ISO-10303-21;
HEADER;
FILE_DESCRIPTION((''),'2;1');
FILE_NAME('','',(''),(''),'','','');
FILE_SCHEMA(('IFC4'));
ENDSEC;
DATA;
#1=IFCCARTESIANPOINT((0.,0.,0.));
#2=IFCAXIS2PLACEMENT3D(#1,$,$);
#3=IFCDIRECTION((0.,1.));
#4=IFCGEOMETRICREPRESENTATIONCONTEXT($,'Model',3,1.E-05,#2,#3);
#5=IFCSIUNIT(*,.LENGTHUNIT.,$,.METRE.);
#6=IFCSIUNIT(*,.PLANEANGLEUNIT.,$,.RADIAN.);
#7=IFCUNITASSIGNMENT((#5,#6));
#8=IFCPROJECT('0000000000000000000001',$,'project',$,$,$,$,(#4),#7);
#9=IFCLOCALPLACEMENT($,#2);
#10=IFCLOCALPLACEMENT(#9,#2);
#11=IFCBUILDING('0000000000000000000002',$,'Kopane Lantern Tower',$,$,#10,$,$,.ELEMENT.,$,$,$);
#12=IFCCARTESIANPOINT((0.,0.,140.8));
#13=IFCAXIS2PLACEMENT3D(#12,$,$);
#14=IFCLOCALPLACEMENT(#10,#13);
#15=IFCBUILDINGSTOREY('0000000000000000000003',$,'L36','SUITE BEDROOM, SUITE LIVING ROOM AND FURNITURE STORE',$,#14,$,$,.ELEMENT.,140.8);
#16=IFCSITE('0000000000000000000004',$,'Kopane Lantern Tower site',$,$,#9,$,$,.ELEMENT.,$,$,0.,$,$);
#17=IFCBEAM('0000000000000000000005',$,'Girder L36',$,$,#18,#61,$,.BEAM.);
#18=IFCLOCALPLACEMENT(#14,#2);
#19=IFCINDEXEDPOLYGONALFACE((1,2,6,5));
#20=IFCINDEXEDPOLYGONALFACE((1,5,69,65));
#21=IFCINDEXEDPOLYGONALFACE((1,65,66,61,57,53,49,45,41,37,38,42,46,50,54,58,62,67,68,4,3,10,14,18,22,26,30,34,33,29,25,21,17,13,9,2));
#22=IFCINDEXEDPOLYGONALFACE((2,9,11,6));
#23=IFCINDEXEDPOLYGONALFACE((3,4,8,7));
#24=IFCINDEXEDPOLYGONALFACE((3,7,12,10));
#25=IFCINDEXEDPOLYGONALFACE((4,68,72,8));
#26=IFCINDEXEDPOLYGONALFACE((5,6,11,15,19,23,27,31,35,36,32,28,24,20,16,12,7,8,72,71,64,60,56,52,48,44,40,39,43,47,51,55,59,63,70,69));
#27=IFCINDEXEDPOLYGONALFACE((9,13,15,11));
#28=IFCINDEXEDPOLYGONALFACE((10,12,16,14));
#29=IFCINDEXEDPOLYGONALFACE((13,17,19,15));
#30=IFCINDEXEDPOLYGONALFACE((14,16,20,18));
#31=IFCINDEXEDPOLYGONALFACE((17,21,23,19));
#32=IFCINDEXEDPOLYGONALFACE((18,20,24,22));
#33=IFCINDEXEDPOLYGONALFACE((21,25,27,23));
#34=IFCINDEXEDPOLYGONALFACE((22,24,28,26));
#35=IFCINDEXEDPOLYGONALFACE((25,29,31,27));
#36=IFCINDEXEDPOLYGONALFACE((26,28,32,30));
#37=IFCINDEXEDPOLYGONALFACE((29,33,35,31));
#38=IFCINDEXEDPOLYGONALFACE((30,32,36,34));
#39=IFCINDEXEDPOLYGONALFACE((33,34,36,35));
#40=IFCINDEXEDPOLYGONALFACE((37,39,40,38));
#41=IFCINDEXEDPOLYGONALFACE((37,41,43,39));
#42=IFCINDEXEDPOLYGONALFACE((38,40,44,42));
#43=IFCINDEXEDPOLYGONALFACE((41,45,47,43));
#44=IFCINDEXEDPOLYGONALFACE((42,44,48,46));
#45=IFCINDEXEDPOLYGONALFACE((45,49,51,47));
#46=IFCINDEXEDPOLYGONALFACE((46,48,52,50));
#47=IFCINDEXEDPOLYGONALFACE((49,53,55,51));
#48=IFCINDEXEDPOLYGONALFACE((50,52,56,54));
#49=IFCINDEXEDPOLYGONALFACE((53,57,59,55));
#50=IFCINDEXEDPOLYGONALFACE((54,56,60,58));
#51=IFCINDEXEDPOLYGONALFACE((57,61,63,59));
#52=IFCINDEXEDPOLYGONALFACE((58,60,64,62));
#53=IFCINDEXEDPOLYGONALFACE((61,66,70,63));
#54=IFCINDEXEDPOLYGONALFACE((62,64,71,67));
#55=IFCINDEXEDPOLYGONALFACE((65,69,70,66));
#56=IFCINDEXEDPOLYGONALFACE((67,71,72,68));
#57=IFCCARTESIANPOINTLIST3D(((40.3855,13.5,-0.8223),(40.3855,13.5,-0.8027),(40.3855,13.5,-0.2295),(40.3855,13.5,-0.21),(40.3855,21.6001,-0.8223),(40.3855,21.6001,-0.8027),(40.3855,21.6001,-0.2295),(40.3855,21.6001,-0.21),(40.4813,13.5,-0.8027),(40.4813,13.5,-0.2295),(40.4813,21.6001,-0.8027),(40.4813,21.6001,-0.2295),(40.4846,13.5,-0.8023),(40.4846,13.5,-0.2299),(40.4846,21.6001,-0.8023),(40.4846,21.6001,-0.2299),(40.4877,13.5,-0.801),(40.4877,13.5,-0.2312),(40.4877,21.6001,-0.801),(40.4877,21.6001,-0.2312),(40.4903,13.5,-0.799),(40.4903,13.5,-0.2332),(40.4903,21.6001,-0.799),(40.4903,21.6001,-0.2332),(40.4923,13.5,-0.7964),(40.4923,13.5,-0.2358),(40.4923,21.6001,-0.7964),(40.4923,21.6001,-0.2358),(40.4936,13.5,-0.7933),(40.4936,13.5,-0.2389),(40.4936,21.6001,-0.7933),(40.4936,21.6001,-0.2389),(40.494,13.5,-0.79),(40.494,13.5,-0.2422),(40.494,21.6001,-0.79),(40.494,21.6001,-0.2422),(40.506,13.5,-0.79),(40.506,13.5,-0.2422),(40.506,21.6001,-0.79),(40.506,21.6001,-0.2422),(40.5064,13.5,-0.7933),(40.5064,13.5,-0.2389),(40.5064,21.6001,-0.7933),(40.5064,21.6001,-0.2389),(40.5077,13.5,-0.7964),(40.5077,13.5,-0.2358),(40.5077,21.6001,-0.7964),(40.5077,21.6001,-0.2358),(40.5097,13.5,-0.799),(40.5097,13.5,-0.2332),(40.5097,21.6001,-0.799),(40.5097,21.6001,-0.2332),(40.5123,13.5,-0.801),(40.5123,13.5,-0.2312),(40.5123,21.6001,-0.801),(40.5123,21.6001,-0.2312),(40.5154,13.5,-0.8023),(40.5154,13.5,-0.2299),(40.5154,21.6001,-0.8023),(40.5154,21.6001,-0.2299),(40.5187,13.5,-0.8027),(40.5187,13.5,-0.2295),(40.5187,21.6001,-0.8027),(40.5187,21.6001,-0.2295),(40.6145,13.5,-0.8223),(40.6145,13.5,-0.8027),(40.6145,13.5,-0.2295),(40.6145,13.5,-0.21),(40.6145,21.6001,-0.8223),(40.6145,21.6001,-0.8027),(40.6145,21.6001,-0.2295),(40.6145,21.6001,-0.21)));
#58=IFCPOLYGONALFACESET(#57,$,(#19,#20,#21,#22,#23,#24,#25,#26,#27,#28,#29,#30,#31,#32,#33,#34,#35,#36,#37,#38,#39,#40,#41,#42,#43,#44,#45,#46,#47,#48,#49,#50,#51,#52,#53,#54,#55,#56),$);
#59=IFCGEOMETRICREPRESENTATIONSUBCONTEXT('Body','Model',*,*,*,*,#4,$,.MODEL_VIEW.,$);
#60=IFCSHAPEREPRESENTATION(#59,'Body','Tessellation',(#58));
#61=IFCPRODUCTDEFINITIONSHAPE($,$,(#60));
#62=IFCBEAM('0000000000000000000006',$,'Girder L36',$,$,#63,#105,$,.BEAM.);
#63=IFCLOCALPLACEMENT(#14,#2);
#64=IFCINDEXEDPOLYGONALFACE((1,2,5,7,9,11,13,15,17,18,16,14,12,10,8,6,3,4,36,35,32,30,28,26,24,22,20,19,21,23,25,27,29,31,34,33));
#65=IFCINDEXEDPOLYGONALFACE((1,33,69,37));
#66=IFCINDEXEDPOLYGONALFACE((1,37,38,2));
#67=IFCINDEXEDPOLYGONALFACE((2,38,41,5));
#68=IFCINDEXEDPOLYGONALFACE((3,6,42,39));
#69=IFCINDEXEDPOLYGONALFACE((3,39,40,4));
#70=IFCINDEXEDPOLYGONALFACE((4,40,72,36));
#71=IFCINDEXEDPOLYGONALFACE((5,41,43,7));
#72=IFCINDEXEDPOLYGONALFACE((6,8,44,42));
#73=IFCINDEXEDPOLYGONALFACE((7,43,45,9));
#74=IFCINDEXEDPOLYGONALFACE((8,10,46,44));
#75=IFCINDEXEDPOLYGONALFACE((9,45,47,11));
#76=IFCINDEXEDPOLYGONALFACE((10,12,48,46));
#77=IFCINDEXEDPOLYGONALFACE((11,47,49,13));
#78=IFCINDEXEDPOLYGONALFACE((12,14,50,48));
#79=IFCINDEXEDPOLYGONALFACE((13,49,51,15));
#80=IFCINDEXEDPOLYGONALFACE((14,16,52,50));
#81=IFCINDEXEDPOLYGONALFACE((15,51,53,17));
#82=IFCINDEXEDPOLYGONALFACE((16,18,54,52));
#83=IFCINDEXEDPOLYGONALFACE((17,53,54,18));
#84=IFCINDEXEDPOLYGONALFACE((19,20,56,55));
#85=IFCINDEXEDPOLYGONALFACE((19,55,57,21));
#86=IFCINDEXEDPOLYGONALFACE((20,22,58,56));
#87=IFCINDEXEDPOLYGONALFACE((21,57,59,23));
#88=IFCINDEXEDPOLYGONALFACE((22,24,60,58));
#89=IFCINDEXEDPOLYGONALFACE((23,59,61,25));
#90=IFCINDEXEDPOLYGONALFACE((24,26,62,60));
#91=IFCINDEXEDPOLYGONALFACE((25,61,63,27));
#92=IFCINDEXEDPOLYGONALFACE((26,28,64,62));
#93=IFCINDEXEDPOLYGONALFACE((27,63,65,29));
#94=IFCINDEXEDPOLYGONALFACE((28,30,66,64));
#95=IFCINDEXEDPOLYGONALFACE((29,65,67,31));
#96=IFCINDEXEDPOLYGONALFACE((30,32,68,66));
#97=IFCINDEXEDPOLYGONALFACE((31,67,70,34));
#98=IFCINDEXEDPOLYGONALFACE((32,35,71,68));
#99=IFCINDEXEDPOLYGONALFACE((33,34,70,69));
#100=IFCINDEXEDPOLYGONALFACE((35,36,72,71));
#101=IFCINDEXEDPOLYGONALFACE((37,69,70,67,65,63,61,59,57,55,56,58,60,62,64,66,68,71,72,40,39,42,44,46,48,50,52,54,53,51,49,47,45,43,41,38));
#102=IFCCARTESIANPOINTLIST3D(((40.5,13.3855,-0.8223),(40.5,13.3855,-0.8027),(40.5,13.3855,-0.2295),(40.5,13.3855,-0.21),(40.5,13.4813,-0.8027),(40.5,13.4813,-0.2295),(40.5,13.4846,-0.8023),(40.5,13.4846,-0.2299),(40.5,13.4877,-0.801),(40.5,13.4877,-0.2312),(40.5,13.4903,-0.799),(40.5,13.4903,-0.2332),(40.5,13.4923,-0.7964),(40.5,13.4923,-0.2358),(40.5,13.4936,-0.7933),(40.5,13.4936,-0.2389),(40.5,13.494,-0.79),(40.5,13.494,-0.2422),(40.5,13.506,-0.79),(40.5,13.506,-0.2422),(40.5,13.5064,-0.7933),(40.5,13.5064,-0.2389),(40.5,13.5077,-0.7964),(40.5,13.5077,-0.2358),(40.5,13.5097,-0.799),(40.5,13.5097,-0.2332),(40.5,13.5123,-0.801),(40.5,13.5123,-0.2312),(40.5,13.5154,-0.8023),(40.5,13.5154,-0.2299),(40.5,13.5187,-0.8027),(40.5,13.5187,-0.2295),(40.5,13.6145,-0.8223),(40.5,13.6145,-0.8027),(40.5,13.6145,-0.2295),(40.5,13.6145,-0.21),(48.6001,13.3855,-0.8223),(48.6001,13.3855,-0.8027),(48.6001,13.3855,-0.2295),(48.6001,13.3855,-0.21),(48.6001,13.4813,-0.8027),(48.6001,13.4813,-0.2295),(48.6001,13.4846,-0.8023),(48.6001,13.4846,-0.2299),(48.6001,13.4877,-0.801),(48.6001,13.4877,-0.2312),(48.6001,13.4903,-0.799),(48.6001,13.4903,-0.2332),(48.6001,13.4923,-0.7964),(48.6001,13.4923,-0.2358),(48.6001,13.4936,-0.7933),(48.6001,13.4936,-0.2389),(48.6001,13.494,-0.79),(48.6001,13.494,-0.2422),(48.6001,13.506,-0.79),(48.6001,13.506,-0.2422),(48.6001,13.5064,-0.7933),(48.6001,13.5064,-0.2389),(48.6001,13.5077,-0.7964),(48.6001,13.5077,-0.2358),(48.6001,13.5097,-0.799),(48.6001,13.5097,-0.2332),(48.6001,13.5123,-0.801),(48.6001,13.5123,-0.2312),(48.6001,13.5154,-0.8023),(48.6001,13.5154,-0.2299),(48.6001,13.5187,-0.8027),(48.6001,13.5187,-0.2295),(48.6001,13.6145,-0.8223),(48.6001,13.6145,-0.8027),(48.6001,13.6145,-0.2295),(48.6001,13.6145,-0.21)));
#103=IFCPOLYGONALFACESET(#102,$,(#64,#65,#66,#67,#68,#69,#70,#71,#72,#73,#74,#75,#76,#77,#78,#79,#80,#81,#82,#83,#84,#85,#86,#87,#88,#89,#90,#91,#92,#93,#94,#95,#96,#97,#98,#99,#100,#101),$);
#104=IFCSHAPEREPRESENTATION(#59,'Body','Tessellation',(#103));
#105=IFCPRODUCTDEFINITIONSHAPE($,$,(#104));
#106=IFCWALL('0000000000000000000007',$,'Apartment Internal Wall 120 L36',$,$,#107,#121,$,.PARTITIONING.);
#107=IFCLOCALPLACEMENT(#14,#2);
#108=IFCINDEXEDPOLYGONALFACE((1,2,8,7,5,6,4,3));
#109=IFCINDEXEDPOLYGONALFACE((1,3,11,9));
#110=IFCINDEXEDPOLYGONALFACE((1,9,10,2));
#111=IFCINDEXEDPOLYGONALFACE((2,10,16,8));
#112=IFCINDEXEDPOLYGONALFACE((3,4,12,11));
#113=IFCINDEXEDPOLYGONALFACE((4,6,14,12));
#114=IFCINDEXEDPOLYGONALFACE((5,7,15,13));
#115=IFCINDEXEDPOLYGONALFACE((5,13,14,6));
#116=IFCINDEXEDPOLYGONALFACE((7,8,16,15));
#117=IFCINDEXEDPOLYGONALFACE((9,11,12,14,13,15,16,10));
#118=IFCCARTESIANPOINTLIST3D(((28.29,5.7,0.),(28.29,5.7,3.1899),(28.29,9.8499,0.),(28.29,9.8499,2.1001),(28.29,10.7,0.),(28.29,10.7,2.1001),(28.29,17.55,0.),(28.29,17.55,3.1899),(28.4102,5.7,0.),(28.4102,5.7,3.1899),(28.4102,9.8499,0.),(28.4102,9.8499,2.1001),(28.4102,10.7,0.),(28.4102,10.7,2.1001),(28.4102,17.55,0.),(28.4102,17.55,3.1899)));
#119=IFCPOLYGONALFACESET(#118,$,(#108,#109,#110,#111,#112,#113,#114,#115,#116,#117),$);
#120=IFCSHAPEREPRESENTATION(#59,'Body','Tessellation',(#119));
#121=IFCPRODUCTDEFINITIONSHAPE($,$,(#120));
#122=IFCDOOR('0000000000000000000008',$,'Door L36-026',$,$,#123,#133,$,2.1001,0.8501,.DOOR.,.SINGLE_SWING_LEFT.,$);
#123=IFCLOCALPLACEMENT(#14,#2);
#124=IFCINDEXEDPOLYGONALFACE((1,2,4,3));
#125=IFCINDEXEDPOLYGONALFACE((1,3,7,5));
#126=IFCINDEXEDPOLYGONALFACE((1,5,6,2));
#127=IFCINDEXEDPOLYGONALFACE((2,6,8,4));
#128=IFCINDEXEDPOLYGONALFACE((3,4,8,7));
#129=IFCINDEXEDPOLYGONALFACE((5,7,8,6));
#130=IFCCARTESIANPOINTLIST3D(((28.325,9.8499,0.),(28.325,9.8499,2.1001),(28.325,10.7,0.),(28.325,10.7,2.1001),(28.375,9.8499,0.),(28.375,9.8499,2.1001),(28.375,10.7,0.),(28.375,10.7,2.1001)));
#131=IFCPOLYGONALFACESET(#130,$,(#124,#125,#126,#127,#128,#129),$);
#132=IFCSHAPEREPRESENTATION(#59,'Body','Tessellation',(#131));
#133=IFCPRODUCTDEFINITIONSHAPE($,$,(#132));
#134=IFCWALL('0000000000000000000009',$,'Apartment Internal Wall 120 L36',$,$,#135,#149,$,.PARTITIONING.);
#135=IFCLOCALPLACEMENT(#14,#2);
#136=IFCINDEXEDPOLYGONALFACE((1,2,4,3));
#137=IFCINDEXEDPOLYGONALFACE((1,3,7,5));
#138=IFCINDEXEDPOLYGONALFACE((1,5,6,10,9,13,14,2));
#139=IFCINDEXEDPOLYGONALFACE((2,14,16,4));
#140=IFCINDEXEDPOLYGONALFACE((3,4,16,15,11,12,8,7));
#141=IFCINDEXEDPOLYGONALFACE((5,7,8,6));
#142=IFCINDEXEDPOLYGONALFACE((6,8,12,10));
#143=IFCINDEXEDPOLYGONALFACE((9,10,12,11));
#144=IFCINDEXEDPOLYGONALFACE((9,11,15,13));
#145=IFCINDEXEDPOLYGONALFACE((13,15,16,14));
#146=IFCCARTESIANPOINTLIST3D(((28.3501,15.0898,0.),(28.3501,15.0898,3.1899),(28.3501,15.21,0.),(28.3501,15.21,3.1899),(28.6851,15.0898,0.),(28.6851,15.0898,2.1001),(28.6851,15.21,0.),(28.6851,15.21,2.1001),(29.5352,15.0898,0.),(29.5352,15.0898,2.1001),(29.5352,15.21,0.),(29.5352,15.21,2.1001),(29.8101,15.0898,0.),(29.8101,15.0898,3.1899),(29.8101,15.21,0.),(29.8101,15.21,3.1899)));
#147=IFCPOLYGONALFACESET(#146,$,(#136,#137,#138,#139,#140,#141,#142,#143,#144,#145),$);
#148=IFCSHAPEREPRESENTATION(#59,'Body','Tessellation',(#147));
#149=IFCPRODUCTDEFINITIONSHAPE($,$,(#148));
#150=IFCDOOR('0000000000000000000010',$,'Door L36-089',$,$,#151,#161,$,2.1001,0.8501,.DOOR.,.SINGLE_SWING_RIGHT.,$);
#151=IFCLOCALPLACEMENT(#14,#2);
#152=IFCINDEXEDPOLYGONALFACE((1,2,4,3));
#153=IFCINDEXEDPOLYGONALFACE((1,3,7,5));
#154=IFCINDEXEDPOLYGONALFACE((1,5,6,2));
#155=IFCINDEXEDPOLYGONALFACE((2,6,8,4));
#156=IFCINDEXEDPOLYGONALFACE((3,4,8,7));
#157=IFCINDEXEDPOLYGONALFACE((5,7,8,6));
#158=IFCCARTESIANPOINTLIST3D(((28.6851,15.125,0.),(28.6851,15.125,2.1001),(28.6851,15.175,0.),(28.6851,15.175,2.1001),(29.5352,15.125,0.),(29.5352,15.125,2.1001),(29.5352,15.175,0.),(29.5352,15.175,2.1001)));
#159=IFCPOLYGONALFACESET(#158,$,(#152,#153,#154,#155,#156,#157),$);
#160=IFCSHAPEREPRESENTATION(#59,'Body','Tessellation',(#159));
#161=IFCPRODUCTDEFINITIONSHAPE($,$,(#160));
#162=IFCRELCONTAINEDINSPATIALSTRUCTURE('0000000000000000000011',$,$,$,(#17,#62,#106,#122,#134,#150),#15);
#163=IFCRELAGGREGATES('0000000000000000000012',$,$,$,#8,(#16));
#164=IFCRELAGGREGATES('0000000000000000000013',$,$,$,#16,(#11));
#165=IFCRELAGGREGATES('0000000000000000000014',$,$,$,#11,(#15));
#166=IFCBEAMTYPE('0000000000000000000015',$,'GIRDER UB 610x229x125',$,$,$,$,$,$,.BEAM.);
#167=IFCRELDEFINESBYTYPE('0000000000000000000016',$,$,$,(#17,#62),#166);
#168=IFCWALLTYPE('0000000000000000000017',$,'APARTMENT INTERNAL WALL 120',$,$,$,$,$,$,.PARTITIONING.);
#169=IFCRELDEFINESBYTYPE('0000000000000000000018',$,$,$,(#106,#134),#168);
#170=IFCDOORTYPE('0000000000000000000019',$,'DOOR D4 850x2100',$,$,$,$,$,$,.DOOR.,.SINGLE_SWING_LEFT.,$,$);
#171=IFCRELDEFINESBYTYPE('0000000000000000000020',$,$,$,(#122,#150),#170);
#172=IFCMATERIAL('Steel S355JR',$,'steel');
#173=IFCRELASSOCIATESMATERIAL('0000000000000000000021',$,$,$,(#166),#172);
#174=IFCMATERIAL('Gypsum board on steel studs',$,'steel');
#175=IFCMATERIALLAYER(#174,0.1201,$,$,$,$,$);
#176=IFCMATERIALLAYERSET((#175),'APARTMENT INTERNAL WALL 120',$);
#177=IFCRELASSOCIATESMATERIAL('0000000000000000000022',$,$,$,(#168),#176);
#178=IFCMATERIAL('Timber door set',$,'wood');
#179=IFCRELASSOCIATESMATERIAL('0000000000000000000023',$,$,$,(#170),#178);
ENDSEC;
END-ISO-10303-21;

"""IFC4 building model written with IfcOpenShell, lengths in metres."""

from ifc_helpers import new_model, si_unit, direction, frame, frame_2d, origin, origin_2d, place, context, subcontext, project, spatial, rectangle, i_section, extrude, material, layer, layer_set, material_profile, profile_set, type_object, element, fill, save


model = new_model("IFC4")

# Units and contexts
model_context = context("Model", 3, precision=1e-05, world=origin(), true_north=direction((0.0, 1.0)))
body_context = subcontext(model_context, "Body", "Model", "MODEL_VIEW")
ifc_project = project(units=[si_unit("LENGTHUNIT", "METRE"), si_unit("PLANEANGLEUNIT", "RADIAN")], contexts=[model_context])

# Site, building, storey
site_placement = place(None, origin())
site = spatial("IfcSite", under=ifc_project, at=site_placement, Name="Kopane Lantern Tower site", CompositionType="ELEMENT", RefElevation=0.0)
building_placement = place(site_placement, origin())
building = spatial("IfcBuilding", under=site, at=building_placement, Name="Kopane Lantern Tower", CompositionType="ELEMENT")
storey_placement = place(building_placement, frame((0.0, 0.0, 140.8)))
storey = spatial("IfcBuildingStorey", under=building, at=storey_placement, Name="L36", Description="SUITE BEDROOM, SUITE LIVING ROOM AND FURNITURE STORE", CompositionType="ELEMENT", Elevation=140.8)

# Beams
ifc_material_1 = material(Name="Steel S355JR", Category="steel")
ifc_material_profile_1 = material_profile(ifc_material_1, i_section(OverallWidth=0.229, OverallDepth=0.6123, WebThickness=0.012, FlangeThickness=0.0195, FilletRadius=0.0127, at=origin_2d()), Name="UB 610x229x125")
ifc_profile_set_1 = profile_set([ifc_material_profile_1], Name="Steel S355JR")
beam_type = type_object("IfcBeamType", Name="GIRDER UB 610x229x125", PredefinedType="BEAM", material=ifc_profile_set_1)
for number, where, z_axis, x_axis, name in (
    (1, (40.5, 13.5, -0.5161), (0.0, 1.0, 0.0), (-1.0, 0.0, 0.0), "Girder L36"),
    (2, (40.5, 13.5, -0.5161), (1.0, 0.0, 0.0), (0.0, 1.0, 0.0), "Girder L36"),
):
    element("IfcBeam", number, at=place(storey_placement, frame(where, z_axis=z_axis, x_axis=x_axis)), inside=storey, type_object=beam_type, Name=name, PredefinedType="BEAM", context=body_context, shape_type="SweptSolid", body=[
        extrude(i_section(OverallWidth=0.229, OverallDepth=0.6123, WebThickness=0.012, FlangeThickness=0.0195, FilletRadius=0.0127, at=origin_2d()), origin(), (0.0, 0.0, 1.0), 8.1001),
    ])

# Walls, openings, doors
ifc_material_2 = material(Name="Gypsum board on steel studs", Category="steel")
ifc_layer_1 = layer(ifc_material_2, 0.1201)
ifc_layer_set_1 = layer_set([ifc_layer_1], Name="APARTMENT INTERNAL WALL 120")
wall_type_1 = type_object("IfcWallType", Name="APARTMENT INTERNAL WALL 120", PredefinedType="PARTITIONING", material=ifc_layer_set_1)
wall_1_placement = place(storey_placement, frame((28.3501, 17.55, 0.0), z_axis=(0.0, 0.0, 1.0), x_axis=(0.0, -1.0, 0.0)))
wall_1 = element("IfcWall", 3, at=wall_1_placement, inside=storey, type_object=wall_type_1, Name="Apartment Internal Wall 120 L36", PredefinedType="PARTITIONING", context=body_context, shape_type="SweptSolid", body=[
    extrude(rectangle(XDim=11.8501, YDim=0.1201, at=frame_2d((5.925, 0.0))), origin(), (0.0, 0.0, 1.0), 3.1899),
])
opening_1_placement = place(wall_1_placement, frame((6.8501, 0.0, 0.0)))
opening_1 = element("IfcOpeningElement", 4, at=opening_1_placement, cuts=wall_1, PredefinedType="OPENING", context=body_context, shape_type="SweptSolid", body=[
    extrude(rectangle(XDim=0.8501, YDim=2.1001, at=frame_2d((0.425, 1.05))), frame((0.0, 0.0701, 0.0), z_axis=(0.0, -1.0, 0.0), x_axis=(1.0, 0.0, 0.0)), (0.0, 0.0, 1.0), 0.1401),
])
ifc_material_3 = material(Name="Timber door set", Category="wood")
door_type_1 = type_object("IfcDoorType", Name="DOOR D4 850x2100", OperationType="SINGLE_SWING_LEFT", PredefinedType="DOOR", material=ifc_material_3)
door_1_placement = place(opening_1_placement, origin())
door_1 = element("IfcDoor", 5, at=door_1_placement, inside=storey, type_object=door_type_1, Name="Door L36-026", OperationType="SINGLE_SWING_LEFT", OverallHeight=2.1001, OverallWidth=0.8501, PredefinedType="DOOR", context=body_context, shape_type="SweptSolid", body=[
    extrude(rectangle(XDim=0.8501, YDim=2.1001, at=frame_2d((0.425, 1.05))), frame((0.0, 0.0249, 0.0), z_axis=(0.0, -1.0, 0.0), x_axis=(1.0, 0.0, 0.0)), (0.0, 0.0, 1.0), 0.05),
])
fill(opening_1, door_1)
wall_2_placement = place(storey_placement, frame((29.8101, 15.1499, 0.0), z_axis=(0.0, 0.0, 1.0), x_axis=(-1.0, 0.0, 0.0)))
wall_2 = element("IfcWall", 6, at=wall_2_placement, inside=storey, type_object=wall_type_1, Name="Apartment Internal Wall 120 L36", PredefinedType="PARTITIONING", context=body_context, shape_type="SweptSolid", body=[
    extrude(rectangle(XDim=1.46, YDim=0.1201, at=frame_2d((0.73, 0.0))), origin(), (0.0, 0.0, 1.0), 3.1899),
])
opening_2_placement = place(wall_2_placement, frame((0.2749, 0.0, 0.0)))
opening_2 = element("IfcOpeningElement", 7, at=opening_2_placement, cuts=wall_2, PredefinedType="OPENING", context=body_context, shape_type="SweptSolid", body=[
    extrude(rectangle(XDim=0.8501, YDim=2.1001, at=frame_2d((0.425, 1.05))), frame((0.0, 0.0701, 0.0), z_axis=(0.0, -1.0, 0.0), x_axis=(1.0, 0.0, 0.0)), (0.0, 0.0, 1.0), 0.1401),
])
door_2_placement = place(opening_2_placement, origin())
door_2 = element("IfcDoor", 8, at=door_2_placement, inside=storey, type_object=door_type_1, Name="Door L36-089", OperationType="SINGLE_SWING_RIGHT", OverallHeight=2.1001, OverallWidth=0.8501, PredefinedType="DOOR", context=body_context, shape_type="SweptSolid", body=[
    extrude(rectangle(XDim=0.8501, YDim=2.1001, at=frame_2d((0.425, 1.05))), frame((0.0, 0.0249, 0.0), z_axis=(0.0, -1.0, 0.0), x_axis=(1.0, 0.0, 0.0)), (0.0, 0.0, 1.0), 0.05),
])
fill(opening_2, door_2)

save(model, "model.ifc")
